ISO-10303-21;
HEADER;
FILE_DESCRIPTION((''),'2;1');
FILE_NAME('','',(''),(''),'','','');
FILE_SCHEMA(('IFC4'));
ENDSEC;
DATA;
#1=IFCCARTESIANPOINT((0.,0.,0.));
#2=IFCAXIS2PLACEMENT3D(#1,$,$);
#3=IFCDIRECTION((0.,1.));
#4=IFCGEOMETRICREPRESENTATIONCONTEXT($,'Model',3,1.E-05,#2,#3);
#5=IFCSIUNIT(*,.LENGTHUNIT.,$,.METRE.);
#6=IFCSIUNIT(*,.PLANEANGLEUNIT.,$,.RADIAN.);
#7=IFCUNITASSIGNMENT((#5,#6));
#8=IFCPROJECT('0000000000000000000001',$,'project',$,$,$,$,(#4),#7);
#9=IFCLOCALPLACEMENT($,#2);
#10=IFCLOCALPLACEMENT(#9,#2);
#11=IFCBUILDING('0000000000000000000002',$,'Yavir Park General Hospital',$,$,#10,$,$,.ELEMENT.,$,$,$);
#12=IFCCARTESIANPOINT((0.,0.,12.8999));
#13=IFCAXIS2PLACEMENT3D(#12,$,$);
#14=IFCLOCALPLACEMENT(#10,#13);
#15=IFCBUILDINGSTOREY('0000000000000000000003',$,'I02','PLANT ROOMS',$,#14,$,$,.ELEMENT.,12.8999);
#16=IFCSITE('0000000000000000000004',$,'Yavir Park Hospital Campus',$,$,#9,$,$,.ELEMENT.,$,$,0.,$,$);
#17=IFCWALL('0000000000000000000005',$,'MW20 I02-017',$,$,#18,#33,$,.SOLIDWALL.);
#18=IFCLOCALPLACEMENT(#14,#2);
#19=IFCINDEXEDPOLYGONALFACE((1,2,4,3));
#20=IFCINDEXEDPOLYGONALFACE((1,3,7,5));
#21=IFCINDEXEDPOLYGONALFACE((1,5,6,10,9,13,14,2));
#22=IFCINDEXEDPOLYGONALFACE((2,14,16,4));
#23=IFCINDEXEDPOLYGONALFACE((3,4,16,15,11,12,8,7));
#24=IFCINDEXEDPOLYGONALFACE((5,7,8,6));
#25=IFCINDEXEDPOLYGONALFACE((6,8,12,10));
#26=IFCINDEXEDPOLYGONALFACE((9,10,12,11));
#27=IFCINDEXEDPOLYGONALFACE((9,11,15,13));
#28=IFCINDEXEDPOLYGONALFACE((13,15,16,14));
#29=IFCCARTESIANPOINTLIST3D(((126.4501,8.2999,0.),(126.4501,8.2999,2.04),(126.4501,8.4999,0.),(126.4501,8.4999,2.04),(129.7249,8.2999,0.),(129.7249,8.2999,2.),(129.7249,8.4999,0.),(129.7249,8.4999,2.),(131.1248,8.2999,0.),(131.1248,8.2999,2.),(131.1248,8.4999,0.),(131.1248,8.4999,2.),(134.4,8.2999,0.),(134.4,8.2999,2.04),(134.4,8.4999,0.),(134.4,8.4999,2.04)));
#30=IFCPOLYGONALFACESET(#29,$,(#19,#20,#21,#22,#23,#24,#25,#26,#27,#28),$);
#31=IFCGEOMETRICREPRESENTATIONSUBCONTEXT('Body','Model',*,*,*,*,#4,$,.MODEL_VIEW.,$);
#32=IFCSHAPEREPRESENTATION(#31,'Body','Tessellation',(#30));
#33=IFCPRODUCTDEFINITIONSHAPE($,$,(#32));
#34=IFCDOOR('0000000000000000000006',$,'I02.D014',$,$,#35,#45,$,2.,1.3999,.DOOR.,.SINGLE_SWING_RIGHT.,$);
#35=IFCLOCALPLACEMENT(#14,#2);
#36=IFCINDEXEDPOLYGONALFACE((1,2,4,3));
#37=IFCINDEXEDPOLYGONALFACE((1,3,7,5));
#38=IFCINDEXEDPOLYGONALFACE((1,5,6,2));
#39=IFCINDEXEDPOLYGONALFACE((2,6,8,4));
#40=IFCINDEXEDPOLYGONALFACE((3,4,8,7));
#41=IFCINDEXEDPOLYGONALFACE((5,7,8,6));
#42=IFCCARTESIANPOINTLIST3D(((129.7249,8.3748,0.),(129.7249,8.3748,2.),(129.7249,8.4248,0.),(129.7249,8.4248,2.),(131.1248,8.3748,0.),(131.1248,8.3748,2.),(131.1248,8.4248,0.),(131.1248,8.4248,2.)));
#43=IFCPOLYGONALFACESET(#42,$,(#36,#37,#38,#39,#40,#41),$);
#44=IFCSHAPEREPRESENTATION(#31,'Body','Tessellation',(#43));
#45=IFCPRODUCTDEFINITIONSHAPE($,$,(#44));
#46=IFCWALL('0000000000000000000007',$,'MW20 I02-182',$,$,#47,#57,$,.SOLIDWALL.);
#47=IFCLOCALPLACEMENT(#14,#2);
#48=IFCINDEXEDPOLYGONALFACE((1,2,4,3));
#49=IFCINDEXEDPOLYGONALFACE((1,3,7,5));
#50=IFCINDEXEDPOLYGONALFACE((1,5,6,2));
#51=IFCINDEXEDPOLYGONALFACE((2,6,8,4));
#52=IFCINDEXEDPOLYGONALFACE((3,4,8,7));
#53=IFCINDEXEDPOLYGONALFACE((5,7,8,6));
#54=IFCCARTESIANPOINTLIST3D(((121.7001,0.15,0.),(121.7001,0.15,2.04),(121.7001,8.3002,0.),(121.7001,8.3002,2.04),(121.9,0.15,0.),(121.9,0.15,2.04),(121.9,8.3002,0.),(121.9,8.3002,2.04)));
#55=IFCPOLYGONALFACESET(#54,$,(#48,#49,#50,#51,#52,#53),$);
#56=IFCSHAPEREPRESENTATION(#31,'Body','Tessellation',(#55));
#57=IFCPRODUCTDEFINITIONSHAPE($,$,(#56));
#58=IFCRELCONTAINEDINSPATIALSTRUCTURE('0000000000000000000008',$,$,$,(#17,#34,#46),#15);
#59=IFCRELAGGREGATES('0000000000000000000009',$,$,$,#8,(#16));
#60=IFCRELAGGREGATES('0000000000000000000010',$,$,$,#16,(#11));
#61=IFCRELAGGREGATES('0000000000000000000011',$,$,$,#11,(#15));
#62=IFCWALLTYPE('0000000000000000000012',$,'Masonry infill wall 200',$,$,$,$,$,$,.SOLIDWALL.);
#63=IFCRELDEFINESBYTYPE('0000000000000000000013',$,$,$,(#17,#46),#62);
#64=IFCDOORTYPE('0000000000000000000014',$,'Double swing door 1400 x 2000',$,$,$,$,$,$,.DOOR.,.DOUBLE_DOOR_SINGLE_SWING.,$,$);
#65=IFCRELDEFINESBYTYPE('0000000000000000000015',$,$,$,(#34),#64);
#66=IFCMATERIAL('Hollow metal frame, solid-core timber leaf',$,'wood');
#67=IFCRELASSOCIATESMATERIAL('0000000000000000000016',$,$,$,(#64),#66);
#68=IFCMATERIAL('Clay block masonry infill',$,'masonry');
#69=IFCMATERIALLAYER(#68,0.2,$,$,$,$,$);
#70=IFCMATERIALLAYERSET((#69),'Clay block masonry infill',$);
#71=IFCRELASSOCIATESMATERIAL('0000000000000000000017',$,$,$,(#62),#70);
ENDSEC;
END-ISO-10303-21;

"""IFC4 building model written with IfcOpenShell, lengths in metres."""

from ifc_helpers import new_model, si_unit, direction, frame, frame_2d, origin, place, context, subcontext, project, spatial, rectangle, extrude, material, layer, layer_set, type_object, element, fill, save


model = new_model("IFC4")

# Units and contexts
model_context = context("Model", 3, precision=1e-05, world=origin(), true_north=direction((0.0, 1.0)))
body_context = subcontext(model_context, "Body", "Model", "MODEL_VIEW")
ifc_project = project(units=[si_unit("LENGTHUNIT", "METRE"), si_unit("PLANEANGLEUNIT", "RADIAN")], contexts=[model_context])

# Site, building, storey
site_placement = place(None, origin())
site = spatial("IfcSite", under=ifc_project, at=site_placement, Name="Yavir Park Hospital Campus", CompositionType="ELEMENT", RefElevation=0.0)
building_placement = place(site_placement, origin())
building = spatial("IfcBuilding", under=site, at=building_placement, Name="Yavir Park General Hospital", CompositionType="ELEMENT")
storey_placement = place(building_placement, frame((0.0, 0.0, 12.8999)))
storey = spatial("IfcBuildingStorey", under=building, at=storey_placement, Name="I02", Description="PLANT ROOMS", CompositionType="ELEMENT", Elevation=12.8999)

# Shared definitions
ifc_material_1 = material(Name="Hollow metal frame, solid-core timber leaf", Category="wood")
door_type_1 = type_object("IfcDoorType", Name="Double swing door 1400 x 2000", OperationType="DOUBLE_DOOR_SINGLE_SWING", PredefinedType="DOOR", material=ifc_material_1)

# Wall, opening, door
ifc_material_2 = material(Name="Clay block masonry infill", Category="masonry")
ifc_layer_1 = layer(ifc_material_2, 0.2)
ifc_layer_set_1 = layer_set([ifc_layer_1], Name="Clay block masonry infill")
wall_type_1 = type_object("IfcWallType", Name="Masonry infill wall 200", PredefinedType="SOLIDWALL", material=ifc_layer_set_1)
wall_1_placement = place(storey_placement, frame((126.45, 8.3999, 0.0), z_axis=(0.0, 0.0, 1.0), x_axis=(1.0, 0.0, 0.0)))
wall_1 = element("IfcWall", 1, at=wall_1_placement, inside=storey, type_object=wall_type_1, Name="MW20 I02-017", PredefinedType="SOLIDWALL", context=body_context, shape_type="SweptSolid", body=[
    extrude(rectangle(XDim=7.95, YDim=0.2, at=frame_2d((3.9751, 0.0))), origin(), (0.0, 0.0, 1.0), 2.04),
])
opening_1_placement = place(wall_1_placement, frame((3.2749, 0.0, 0.0)))
opening_1 = element("IfcOpeningElement", 2, at=opening_1_placement, cuts=wall_1, PredefinedType="OPENING", context=body_context, shape_type="SweptSolid", body=[
    extrude(rectangle(XDim=1.3999, YDim=2.0, at=frame_2d((0.7, 1.0))), frame((0.0, 0.1099, 0.0), z_axis=(0.0, -1.0, 0.0), x_axis=(1.0, 0.0, 0.0)), (0.0, 0.0, 1.0), 0.22),
])
door_1_placement = place(opening_1_placement, origin())
door_1 = element("IfcDoor", 3, at=door_1_placement, inside=storey, type_object=door_type_1, Name="I02.D014", OperationType="SINGLE_SWING_RIGHT", OverallHeight=2.0, OverallWidth=1.3999, PredefinedType="DOOR", context=body_context, shape_type="SweptSolid", body=[
    extrude(rectangle(XDim=1.3999, YDim=2.0, at=frame_2d((0.7, 1.0))), frame((0.0, 0.0249, 0.0), z_axis=(0.0, -1.0, 0.0), x_axis=(1.0, 0.0, 0.0)), (0.0, 0.0, 1.0), 0.05),
])
fill(opening_1, door_1)

# Wall
wall_2_placement = place(storey_placement, frame((121.8, 0.1499, 0.0), z_axis=(0.0, 0.0, 1.0), x_axis=(0.0, 1.0, 0.0)))
element("IfcWall", 4, at=wall_2_placement, inside=storey, type_object=wall_type_1, Name="MW20 I02-182", PredefinedType="SOLIDWALL", context=body_context, shape_type="SweptSolid", body=[
    extrude(rectangle(XDim=8.1501, YDim=0.2, at=frame_2d((4.0752, 0.0))), origin(), (0.0, 0.0, 1.0), 2.04),
])

save(model, "model.ifc")
